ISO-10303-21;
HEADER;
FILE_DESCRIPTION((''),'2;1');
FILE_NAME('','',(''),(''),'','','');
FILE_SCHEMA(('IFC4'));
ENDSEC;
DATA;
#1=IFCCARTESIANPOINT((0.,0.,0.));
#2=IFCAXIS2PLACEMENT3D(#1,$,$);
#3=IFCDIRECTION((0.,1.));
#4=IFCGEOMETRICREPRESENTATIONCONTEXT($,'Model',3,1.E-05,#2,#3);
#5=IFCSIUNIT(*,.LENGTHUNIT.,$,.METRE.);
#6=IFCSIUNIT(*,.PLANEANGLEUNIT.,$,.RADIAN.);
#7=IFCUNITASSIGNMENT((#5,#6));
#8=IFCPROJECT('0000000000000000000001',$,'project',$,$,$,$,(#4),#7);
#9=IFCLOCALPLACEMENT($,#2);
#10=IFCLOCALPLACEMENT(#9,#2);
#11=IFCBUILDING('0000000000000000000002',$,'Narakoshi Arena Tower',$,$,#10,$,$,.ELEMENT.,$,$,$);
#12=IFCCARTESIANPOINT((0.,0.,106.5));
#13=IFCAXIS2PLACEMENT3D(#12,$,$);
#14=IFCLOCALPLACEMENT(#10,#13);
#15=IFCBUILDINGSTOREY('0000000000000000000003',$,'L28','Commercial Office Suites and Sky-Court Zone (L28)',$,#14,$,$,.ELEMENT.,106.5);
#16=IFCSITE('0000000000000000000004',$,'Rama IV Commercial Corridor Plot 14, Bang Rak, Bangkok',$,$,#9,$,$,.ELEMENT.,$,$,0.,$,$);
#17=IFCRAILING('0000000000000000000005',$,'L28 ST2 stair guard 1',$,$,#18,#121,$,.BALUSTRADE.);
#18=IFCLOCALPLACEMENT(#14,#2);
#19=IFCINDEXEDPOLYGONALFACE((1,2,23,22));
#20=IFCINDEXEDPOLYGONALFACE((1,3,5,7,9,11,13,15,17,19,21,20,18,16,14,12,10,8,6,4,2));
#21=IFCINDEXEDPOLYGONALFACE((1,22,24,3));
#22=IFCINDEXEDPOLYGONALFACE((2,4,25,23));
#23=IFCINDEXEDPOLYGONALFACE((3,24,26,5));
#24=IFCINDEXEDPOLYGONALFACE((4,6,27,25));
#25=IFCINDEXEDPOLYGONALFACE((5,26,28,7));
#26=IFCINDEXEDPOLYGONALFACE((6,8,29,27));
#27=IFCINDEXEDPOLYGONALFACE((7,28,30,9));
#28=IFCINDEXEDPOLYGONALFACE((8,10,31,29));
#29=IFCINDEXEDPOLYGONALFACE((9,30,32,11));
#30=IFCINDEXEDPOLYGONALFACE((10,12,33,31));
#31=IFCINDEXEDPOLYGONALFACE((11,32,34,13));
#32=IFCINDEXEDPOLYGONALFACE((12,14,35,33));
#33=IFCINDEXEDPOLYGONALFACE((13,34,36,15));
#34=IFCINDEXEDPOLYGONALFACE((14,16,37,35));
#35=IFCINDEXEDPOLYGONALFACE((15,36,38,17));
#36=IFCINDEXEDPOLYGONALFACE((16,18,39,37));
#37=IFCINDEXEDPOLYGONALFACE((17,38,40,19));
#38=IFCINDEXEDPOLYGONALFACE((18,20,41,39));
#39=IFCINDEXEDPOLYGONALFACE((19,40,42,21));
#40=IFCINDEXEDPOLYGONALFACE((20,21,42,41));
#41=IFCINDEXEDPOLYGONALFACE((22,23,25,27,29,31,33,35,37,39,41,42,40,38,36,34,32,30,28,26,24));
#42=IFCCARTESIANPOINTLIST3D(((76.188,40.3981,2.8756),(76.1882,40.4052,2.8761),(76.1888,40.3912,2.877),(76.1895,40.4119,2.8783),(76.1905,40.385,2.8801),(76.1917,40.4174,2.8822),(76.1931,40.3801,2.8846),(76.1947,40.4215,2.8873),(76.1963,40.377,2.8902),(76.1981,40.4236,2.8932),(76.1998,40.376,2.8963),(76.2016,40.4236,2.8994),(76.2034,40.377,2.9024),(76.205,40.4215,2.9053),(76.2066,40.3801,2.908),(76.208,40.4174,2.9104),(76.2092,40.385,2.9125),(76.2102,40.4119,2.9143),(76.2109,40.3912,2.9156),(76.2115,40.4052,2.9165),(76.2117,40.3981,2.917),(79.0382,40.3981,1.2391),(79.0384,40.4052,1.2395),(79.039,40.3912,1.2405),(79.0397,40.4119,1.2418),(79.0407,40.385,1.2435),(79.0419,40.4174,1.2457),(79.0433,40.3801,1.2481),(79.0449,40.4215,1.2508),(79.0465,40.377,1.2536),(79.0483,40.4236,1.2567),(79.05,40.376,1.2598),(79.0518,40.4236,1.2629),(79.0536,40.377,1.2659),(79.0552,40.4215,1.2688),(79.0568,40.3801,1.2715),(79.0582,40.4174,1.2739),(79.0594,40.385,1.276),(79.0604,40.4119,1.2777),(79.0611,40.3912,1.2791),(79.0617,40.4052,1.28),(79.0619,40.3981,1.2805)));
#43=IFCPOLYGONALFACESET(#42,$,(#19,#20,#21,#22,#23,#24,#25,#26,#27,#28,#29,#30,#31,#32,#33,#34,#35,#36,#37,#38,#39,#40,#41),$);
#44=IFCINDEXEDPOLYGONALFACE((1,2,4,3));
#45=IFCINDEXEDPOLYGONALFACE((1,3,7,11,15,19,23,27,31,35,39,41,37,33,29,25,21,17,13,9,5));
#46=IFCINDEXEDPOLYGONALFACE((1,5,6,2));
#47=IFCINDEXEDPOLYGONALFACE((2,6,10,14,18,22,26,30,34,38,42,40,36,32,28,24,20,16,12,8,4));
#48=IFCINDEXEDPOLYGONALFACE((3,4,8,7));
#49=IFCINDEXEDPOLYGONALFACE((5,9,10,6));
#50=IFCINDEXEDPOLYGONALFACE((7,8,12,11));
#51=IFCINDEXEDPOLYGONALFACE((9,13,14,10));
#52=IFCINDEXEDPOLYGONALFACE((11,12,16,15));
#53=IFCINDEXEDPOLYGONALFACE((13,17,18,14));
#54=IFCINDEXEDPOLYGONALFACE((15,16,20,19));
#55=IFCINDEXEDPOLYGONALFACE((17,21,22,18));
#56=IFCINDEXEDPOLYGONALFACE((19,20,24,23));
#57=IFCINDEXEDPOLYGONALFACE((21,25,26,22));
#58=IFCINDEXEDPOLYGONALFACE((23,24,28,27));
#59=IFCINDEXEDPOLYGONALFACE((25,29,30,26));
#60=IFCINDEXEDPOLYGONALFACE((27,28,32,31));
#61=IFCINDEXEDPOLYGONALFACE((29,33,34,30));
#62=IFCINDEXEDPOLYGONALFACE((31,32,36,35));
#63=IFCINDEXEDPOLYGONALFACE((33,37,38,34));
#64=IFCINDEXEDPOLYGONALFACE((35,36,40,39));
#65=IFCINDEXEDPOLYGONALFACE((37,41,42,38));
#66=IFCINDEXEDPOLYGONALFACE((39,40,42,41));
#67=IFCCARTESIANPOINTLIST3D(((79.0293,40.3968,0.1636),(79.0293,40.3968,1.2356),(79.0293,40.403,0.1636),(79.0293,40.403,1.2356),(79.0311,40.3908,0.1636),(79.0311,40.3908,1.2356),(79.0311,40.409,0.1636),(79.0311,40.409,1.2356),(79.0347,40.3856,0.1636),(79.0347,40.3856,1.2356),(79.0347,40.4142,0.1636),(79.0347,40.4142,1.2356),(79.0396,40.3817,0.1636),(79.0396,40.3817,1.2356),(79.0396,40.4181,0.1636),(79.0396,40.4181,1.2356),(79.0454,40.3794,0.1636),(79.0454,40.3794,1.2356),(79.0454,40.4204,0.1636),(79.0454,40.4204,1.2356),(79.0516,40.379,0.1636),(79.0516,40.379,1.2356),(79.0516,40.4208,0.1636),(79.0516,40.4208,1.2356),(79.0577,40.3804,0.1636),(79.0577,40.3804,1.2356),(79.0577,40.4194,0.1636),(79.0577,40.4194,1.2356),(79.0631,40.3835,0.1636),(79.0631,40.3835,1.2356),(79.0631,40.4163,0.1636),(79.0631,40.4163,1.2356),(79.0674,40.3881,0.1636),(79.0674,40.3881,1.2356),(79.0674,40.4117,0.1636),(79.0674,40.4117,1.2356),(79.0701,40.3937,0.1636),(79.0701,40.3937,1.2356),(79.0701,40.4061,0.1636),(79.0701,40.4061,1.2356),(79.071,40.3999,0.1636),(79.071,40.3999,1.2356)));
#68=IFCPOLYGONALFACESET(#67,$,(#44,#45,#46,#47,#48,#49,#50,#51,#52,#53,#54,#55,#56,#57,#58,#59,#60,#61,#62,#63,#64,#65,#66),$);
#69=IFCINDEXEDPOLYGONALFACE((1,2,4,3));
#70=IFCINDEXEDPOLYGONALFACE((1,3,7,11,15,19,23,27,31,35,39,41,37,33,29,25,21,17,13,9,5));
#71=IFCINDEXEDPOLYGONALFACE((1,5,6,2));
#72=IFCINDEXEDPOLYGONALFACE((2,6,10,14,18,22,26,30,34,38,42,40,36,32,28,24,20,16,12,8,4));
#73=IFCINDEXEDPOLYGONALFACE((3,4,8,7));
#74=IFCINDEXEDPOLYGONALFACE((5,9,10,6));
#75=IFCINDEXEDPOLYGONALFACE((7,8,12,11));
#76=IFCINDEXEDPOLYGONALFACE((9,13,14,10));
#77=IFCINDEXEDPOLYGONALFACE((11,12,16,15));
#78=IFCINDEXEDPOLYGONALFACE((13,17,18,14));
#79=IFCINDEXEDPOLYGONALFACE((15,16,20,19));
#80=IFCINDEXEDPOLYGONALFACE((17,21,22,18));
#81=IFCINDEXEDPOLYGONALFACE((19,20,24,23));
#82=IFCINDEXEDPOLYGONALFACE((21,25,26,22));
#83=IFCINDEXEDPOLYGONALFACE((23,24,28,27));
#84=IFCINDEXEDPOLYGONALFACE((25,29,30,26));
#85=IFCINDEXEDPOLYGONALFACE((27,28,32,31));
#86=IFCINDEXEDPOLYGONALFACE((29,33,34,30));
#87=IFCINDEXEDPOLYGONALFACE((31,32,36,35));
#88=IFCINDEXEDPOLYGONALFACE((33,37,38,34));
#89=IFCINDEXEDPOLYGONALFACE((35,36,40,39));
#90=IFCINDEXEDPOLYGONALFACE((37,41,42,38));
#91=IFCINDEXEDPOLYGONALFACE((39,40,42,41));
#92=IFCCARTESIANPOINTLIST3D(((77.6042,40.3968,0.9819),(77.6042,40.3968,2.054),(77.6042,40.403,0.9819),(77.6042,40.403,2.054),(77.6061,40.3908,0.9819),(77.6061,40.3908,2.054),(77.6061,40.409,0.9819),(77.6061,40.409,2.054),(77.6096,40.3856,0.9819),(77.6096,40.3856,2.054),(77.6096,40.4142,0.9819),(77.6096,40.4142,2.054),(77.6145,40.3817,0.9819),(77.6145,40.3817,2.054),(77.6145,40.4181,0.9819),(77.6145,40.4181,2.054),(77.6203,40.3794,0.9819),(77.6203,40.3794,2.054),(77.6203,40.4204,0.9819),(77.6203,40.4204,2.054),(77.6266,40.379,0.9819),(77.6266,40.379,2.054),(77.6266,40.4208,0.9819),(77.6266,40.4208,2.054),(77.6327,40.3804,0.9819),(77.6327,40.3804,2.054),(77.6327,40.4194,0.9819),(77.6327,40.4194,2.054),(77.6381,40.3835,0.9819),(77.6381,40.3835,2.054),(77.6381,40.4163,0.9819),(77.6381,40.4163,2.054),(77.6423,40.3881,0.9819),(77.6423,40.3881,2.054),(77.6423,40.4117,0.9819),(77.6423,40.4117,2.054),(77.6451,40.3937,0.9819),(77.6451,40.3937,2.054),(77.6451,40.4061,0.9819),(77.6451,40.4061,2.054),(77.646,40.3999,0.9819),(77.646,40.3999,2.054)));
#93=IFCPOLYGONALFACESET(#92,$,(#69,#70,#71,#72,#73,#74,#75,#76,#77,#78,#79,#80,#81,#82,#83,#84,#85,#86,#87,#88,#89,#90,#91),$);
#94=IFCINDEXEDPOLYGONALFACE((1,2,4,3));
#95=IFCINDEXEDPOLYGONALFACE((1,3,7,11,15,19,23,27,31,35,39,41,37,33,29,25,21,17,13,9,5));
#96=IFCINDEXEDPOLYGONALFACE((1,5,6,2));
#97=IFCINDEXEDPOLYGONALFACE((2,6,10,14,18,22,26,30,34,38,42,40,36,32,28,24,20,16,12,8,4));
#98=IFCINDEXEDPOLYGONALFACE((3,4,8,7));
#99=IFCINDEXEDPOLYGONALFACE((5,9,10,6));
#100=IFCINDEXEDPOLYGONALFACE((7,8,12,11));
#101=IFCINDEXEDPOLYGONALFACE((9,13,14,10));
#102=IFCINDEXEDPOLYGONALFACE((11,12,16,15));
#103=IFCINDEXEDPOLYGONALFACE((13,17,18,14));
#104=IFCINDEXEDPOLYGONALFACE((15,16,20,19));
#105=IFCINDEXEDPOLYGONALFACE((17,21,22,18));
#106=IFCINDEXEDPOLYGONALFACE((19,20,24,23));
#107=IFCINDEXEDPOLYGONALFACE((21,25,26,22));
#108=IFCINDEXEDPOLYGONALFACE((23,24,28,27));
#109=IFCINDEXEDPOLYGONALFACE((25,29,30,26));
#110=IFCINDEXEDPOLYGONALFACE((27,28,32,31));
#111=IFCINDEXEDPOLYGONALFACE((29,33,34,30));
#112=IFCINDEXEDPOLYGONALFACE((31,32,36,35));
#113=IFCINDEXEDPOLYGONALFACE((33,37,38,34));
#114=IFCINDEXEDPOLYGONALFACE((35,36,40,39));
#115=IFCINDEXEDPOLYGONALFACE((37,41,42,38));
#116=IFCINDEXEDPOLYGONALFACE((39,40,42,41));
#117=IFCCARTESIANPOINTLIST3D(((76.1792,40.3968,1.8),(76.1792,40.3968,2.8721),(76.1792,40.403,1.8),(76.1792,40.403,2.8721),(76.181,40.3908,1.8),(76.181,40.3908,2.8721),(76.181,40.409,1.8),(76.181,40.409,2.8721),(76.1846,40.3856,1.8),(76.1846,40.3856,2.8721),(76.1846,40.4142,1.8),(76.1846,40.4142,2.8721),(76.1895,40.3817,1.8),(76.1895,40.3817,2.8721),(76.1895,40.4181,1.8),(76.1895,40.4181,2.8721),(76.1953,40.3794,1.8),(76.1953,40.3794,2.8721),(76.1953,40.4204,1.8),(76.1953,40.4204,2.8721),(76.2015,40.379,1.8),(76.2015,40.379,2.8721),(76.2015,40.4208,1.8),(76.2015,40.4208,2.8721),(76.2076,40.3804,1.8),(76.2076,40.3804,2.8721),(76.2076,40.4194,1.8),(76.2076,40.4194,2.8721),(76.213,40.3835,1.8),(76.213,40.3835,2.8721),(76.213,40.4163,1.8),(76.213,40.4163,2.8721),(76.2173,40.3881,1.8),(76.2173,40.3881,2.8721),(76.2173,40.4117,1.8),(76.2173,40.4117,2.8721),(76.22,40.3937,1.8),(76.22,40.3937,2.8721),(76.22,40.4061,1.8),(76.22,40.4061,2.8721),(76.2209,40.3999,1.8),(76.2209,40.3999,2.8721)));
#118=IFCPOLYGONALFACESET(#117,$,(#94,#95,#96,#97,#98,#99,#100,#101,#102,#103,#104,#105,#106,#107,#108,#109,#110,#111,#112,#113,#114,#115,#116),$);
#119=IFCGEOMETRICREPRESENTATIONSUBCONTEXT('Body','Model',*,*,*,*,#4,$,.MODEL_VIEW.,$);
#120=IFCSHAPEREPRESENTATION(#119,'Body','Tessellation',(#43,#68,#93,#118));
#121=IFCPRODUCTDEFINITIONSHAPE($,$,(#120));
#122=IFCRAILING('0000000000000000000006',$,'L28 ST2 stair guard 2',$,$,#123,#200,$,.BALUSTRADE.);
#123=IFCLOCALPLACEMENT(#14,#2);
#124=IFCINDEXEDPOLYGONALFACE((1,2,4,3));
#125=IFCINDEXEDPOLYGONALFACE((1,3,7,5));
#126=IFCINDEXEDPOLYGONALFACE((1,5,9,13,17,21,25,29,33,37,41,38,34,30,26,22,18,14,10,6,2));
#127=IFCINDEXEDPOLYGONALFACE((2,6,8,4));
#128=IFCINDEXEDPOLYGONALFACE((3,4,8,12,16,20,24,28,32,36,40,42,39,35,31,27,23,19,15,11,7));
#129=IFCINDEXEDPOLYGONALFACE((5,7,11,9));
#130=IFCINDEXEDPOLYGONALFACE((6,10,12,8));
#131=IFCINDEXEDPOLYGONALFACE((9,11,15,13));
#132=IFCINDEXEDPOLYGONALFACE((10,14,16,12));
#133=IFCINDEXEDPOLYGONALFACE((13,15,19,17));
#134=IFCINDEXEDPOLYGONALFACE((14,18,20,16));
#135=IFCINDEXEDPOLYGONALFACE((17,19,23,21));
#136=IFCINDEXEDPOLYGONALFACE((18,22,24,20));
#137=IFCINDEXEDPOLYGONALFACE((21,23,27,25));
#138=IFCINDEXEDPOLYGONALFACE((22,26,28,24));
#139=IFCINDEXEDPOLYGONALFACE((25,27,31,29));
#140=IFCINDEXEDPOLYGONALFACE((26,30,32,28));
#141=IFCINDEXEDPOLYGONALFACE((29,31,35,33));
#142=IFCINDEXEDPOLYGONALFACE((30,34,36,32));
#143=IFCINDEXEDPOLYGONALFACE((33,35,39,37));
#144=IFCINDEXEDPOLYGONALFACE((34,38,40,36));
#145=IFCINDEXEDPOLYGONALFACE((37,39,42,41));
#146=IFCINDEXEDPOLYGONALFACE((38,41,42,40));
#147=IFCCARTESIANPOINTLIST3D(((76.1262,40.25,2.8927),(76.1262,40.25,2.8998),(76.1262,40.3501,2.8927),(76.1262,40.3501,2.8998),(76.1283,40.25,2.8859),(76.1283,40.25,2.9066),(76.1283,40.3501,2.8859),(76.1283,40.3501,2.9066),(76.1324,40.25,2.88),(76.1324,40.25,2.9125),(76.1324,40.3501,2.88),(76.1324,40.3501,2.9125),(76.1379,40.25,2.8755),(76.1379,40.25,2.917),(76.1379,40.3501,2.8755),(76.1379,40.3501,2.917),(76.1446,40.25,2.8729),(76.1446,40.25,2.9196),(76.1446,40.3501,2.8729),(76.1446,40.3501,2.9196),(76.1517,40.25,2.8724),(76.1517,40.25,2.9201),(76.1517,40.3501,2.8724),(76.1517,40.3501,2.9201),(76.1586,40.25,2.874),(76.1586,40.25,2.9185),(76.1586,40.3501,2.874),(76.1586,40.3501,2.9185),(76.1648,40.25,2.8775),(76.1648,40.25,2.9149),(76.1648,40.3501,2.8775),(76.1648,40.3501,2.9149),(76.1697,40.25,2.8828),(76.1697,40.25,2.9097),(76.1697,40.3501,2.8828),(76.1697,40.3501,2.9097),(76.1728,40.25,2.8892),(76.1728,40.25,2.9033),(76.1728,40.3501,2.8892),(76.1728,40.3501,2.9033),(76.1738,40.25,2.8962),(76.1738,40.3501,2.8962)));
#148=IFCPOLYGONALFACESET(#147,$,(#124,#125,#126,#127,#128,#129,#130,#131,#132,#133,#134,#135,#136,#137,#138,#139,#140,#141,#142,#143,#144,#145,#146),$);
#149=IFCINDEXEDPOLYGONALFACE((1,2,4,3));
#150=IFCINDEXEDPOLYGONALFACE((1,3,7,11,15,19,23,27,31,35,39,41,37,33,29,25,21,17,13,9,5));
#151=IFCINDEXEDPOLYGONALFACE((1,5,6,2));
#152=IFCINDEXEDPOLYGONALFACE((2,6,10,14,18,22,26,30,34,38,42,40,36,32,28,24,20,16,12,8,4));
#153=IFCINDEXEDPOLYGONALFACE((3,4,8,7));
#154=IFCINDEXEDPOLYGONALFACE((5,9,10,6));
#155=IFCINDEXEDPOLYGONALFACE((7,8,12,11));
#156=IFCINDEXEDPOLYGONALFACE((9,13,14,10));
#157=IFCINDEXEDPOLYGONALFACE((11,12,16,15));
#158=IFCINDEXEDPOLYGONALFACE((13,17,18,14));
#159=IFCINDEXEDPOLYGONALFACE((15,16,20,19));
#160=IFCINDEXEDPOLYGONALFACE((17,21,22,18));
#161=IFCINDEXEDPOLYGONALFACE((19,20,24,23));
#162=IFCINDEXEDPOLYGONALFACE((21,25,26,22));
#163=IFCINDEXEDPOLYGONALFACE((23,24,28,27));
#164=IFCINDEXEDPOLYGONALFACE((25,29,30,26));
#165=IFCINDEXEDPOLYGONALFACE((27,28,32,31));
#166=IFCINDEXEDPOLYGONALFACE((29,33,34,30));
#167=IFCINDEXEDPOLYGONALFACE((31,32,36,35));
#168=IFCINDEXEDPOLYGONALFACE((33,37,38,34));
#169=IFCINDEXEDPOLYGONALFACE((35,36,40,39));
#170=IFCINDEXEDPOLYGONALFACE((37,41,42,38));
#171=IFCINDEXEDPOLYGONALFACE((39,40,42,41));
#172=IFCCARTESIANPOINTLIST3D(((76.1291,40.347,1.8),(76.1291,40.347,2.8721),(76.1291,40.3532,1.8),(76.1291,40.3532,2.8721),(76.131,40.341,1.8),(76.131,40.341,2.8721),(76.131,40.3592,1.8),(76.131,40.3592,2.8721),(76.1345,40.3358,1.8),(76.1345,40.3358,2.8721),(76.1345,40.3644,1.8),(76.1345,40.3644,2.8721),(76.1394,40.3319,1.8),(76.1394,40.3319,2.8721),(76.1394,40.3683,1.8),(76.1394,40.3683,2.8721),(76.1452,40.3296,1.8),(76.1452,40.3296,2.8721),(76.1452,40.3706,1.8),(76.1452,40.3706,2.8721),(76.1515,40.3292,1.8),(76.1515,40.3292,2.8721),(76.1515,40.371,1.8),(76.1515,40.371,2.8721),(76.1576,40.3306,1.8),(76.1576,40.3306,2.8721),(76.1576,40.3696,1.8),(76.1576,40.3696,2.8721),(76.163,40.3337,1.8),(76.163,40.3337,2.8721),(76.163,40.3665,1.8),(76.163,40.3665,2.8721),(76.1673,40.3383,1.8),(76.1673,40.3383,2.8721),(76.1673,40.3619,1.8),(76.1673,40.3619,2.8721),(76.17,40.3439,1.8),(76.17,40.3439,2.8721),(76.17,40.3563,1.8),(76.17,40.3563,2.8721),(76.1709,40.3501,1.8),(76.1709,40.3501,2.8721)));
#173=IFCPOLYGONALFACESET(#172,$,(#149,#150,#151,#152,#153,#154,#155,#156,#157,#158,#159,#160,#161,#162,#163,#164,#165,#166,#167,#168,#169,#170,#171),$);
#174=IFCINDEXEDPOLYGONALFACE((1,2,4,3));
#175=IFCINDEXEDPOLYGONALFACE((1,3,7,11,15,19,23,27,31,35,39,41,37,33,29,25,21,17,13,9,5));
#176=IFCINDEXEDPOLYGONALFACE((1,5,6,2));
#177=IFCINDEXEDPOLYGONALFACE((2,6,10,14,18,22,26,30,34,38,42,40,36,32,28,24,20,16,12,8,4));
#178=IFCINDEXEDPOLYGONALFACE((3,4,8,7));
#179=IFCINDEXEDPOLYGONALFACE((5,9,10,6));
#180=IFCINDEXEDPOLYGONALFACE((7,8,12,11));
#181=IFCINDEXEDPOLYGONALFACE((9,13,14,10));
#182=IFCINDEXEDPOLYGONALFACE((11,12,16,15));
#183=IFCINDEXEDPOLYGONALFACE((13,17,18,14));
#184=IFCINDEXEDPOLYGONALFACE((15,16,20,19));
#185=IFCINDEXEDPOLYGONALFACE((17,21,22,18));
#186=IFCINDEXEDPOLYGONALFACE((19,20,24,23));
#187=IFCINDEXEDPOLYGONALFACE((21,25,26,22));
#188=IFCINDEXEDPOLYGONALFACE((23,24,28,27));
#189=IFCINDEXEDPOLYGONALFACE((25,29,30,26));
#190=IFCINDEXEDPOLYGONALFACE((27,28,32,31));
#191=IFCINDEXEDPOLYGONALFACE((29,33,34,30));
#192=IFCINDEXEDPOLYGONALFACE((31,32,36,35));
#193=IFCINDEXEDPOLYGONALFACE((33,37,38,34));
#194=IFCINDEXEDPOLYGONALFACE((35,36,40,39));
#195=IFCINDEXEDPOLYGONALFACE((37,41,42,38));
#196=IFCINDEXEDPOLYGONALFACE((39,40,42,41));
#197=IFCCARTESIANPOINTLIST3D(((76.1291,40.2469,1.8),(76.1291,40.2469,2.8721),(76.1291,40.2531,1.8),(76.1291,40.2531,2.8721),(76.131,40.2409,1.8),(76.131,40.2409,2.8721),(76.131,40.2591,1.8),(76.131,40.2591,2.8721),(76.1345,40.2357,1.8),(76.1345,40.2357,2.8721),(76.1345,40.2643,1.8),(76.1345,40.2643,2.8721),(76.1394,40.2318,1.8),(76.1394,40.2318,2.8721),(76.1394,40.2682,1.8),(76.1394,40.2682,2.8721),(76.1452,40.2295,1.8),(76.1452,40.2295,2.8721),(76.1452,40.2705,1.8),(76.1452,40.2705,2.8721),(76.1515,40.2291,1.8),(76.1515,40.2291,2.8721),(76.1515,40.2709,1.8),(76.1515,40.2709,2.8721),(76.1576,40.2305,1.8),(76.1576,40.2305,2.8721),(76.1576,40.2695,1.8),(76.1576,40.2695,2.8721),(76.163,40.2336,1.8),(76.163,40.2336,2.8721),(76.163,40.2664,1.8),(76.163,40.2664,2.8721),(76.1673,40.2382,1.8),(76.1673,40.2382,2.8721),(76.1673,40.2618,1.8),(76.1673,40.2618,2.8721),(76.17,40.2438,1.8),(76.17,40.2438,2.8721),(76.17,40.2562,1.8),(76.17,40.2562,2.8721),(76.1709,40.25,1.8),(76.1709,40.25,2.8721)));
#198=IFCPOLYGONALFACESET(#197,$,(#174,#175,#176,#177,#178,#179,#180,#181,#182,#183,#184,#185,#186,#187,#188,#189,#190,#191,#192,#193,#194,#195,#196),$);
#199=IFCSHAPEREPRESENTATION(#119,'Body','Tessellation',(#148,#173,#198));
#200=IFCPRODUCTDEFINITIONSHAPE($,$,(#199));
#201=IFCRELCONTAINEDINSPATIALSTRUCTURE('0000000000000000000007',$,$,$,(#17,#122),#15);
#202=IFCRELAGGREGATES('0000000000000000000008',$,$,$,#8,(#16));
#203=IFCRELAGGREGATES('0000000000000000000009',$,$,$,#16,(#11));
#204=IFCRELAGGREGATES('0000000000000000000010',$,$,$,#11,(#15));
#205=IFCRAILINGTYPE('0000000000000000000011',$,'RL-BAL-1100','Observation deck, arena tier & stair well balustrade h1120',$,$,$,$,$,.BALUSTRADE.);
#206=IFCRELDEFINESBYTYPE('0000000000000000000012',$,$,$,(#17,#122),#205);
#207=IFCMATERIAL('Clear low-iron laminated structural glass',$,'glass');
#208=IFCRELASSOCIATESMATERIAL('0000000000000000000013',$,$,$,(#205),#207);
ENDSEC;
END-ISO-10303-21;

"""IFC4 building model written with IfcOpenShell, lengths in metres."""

from ifc_helpers import new_model, si_unit, direction, frame, origin, origin_2d, place, context, subcontext, project, spatial, circle, extrude, material, type_object, element, save


model = new_model("IFC4")

# Units and contexts
model_context = context("Model", 3, precision=1e-05, world=origin(), true_north=direction((0.0, 1.0)))
body_context = subcontext(model_context, "Body", "Model", "MODEL_VIEW")
ifc_project = project(units=[si_unit("LENGTHUNIT", "METRE"), si_unit("PLANEANGLEUNIT", "RADIAN")], contexts=[model_context])

# Site, building, storey
site_placement = place(None, origin())
site = spatial("IfcSite", under=ifc_project, at=site_placement, Name="Rama IV Commercial Corridor Plot 14, Bang Rak, Bangkok", CompositionType="ELEMENT", RefElevation=0.0)
building_placement = place(site_placement, origin())
building = spatial("IfcBuilding", under=site, at=building_placement, Name="Narakoshi Arena Tower", CompositionType="ELEMENT")
storey_placement = place(building_placement, frame((0.0, 0.0, 106.5)))
storey = spatial("IfcBuildingStorey", under=building, at=storey_placement, Name="L28", Description="Commercial Office Suites and Sky-Court Zone (L28)", CompositionType="ELEMENT", Elevation=106.5)

# Railings
ifc_material_1 = material(Name="Clear low-iron laminated structural glass", Category="glass")
railing_type_1 = type_object("IfcRailingType", Name="RL-BAL-1100", Description="Observation deck, arena tier & stair well balustrade h1120", PredefinedType="BALUSTRADE", material=ifc_material_1)
railing_1_placement = place(storey_placement, frame((79.05, 40.3999, 0.1636)))
element("IfcRailing", 1, at=railing_1_placement, inside=storey, type_object=railing_type_1, Name="L28 ST2 stair guard 1", PredefinedType="BALUSTRADE", context=body_context, shape_type="SweptSolid", body=[
    extrude(circle(Radius=0.0239, at=origin_2d()), frame((0.0, 0.0, 1.0962), z_axis=(-0.867213, 0.0, 0.497938), x_axis=(0.0, -1.0, 0.0)), (0.0, 0.0, 1.0), 3.2866),
    extrude(circle(Radius=0.021, at=origin_2d()), origin(), (0.0, 0.0, 1.0), 1.072),
    extrude(circle(Radius=0.021, at=origin_2d()), frame((-1.425, 0.0, 0.8184)), (0.0, 0.0, 1.0), 1.072),
    extrude(circle(Radius=0.021, at=origin_2d()), frame((-2.8501, 0.0, 1.6365)), (0.0, 0.0, 1.0), 1.072),
])
railing_2_placement = place(storey_placement, frame((76.1499, 40.3501, 1.8)))
element("IfcRailing", 2, at=railing_2_placement, inside=storey, type_object=railing_type_1, Name="L28 ST2 stair guard 2", PredefinedType="BALUSTRADE", context=body_context, shape_type="SweptSolid", body=[
    extrude(circle(Radius=0.0239, at=origin_2d()), frame((0.0, 0.0, 1.0962), z_axis=(0.0, -1.0, 0.0), x_axis=(1.0, 0.0, 0.0)), (0.0, 0.0, 1.0), 0.1001),
    extrude(circle(Radius=0.021, at=origin_2d()), origin(), (0.0, 0.0, 1.0), 1.072),
    extrude(circle(Radius=0.021, at=origin_2d()), frame((0.0, -0.1001, 0.0)), (0.0, 0.0, 1.0), 1.072),
])

save(model, "model.ifc")
